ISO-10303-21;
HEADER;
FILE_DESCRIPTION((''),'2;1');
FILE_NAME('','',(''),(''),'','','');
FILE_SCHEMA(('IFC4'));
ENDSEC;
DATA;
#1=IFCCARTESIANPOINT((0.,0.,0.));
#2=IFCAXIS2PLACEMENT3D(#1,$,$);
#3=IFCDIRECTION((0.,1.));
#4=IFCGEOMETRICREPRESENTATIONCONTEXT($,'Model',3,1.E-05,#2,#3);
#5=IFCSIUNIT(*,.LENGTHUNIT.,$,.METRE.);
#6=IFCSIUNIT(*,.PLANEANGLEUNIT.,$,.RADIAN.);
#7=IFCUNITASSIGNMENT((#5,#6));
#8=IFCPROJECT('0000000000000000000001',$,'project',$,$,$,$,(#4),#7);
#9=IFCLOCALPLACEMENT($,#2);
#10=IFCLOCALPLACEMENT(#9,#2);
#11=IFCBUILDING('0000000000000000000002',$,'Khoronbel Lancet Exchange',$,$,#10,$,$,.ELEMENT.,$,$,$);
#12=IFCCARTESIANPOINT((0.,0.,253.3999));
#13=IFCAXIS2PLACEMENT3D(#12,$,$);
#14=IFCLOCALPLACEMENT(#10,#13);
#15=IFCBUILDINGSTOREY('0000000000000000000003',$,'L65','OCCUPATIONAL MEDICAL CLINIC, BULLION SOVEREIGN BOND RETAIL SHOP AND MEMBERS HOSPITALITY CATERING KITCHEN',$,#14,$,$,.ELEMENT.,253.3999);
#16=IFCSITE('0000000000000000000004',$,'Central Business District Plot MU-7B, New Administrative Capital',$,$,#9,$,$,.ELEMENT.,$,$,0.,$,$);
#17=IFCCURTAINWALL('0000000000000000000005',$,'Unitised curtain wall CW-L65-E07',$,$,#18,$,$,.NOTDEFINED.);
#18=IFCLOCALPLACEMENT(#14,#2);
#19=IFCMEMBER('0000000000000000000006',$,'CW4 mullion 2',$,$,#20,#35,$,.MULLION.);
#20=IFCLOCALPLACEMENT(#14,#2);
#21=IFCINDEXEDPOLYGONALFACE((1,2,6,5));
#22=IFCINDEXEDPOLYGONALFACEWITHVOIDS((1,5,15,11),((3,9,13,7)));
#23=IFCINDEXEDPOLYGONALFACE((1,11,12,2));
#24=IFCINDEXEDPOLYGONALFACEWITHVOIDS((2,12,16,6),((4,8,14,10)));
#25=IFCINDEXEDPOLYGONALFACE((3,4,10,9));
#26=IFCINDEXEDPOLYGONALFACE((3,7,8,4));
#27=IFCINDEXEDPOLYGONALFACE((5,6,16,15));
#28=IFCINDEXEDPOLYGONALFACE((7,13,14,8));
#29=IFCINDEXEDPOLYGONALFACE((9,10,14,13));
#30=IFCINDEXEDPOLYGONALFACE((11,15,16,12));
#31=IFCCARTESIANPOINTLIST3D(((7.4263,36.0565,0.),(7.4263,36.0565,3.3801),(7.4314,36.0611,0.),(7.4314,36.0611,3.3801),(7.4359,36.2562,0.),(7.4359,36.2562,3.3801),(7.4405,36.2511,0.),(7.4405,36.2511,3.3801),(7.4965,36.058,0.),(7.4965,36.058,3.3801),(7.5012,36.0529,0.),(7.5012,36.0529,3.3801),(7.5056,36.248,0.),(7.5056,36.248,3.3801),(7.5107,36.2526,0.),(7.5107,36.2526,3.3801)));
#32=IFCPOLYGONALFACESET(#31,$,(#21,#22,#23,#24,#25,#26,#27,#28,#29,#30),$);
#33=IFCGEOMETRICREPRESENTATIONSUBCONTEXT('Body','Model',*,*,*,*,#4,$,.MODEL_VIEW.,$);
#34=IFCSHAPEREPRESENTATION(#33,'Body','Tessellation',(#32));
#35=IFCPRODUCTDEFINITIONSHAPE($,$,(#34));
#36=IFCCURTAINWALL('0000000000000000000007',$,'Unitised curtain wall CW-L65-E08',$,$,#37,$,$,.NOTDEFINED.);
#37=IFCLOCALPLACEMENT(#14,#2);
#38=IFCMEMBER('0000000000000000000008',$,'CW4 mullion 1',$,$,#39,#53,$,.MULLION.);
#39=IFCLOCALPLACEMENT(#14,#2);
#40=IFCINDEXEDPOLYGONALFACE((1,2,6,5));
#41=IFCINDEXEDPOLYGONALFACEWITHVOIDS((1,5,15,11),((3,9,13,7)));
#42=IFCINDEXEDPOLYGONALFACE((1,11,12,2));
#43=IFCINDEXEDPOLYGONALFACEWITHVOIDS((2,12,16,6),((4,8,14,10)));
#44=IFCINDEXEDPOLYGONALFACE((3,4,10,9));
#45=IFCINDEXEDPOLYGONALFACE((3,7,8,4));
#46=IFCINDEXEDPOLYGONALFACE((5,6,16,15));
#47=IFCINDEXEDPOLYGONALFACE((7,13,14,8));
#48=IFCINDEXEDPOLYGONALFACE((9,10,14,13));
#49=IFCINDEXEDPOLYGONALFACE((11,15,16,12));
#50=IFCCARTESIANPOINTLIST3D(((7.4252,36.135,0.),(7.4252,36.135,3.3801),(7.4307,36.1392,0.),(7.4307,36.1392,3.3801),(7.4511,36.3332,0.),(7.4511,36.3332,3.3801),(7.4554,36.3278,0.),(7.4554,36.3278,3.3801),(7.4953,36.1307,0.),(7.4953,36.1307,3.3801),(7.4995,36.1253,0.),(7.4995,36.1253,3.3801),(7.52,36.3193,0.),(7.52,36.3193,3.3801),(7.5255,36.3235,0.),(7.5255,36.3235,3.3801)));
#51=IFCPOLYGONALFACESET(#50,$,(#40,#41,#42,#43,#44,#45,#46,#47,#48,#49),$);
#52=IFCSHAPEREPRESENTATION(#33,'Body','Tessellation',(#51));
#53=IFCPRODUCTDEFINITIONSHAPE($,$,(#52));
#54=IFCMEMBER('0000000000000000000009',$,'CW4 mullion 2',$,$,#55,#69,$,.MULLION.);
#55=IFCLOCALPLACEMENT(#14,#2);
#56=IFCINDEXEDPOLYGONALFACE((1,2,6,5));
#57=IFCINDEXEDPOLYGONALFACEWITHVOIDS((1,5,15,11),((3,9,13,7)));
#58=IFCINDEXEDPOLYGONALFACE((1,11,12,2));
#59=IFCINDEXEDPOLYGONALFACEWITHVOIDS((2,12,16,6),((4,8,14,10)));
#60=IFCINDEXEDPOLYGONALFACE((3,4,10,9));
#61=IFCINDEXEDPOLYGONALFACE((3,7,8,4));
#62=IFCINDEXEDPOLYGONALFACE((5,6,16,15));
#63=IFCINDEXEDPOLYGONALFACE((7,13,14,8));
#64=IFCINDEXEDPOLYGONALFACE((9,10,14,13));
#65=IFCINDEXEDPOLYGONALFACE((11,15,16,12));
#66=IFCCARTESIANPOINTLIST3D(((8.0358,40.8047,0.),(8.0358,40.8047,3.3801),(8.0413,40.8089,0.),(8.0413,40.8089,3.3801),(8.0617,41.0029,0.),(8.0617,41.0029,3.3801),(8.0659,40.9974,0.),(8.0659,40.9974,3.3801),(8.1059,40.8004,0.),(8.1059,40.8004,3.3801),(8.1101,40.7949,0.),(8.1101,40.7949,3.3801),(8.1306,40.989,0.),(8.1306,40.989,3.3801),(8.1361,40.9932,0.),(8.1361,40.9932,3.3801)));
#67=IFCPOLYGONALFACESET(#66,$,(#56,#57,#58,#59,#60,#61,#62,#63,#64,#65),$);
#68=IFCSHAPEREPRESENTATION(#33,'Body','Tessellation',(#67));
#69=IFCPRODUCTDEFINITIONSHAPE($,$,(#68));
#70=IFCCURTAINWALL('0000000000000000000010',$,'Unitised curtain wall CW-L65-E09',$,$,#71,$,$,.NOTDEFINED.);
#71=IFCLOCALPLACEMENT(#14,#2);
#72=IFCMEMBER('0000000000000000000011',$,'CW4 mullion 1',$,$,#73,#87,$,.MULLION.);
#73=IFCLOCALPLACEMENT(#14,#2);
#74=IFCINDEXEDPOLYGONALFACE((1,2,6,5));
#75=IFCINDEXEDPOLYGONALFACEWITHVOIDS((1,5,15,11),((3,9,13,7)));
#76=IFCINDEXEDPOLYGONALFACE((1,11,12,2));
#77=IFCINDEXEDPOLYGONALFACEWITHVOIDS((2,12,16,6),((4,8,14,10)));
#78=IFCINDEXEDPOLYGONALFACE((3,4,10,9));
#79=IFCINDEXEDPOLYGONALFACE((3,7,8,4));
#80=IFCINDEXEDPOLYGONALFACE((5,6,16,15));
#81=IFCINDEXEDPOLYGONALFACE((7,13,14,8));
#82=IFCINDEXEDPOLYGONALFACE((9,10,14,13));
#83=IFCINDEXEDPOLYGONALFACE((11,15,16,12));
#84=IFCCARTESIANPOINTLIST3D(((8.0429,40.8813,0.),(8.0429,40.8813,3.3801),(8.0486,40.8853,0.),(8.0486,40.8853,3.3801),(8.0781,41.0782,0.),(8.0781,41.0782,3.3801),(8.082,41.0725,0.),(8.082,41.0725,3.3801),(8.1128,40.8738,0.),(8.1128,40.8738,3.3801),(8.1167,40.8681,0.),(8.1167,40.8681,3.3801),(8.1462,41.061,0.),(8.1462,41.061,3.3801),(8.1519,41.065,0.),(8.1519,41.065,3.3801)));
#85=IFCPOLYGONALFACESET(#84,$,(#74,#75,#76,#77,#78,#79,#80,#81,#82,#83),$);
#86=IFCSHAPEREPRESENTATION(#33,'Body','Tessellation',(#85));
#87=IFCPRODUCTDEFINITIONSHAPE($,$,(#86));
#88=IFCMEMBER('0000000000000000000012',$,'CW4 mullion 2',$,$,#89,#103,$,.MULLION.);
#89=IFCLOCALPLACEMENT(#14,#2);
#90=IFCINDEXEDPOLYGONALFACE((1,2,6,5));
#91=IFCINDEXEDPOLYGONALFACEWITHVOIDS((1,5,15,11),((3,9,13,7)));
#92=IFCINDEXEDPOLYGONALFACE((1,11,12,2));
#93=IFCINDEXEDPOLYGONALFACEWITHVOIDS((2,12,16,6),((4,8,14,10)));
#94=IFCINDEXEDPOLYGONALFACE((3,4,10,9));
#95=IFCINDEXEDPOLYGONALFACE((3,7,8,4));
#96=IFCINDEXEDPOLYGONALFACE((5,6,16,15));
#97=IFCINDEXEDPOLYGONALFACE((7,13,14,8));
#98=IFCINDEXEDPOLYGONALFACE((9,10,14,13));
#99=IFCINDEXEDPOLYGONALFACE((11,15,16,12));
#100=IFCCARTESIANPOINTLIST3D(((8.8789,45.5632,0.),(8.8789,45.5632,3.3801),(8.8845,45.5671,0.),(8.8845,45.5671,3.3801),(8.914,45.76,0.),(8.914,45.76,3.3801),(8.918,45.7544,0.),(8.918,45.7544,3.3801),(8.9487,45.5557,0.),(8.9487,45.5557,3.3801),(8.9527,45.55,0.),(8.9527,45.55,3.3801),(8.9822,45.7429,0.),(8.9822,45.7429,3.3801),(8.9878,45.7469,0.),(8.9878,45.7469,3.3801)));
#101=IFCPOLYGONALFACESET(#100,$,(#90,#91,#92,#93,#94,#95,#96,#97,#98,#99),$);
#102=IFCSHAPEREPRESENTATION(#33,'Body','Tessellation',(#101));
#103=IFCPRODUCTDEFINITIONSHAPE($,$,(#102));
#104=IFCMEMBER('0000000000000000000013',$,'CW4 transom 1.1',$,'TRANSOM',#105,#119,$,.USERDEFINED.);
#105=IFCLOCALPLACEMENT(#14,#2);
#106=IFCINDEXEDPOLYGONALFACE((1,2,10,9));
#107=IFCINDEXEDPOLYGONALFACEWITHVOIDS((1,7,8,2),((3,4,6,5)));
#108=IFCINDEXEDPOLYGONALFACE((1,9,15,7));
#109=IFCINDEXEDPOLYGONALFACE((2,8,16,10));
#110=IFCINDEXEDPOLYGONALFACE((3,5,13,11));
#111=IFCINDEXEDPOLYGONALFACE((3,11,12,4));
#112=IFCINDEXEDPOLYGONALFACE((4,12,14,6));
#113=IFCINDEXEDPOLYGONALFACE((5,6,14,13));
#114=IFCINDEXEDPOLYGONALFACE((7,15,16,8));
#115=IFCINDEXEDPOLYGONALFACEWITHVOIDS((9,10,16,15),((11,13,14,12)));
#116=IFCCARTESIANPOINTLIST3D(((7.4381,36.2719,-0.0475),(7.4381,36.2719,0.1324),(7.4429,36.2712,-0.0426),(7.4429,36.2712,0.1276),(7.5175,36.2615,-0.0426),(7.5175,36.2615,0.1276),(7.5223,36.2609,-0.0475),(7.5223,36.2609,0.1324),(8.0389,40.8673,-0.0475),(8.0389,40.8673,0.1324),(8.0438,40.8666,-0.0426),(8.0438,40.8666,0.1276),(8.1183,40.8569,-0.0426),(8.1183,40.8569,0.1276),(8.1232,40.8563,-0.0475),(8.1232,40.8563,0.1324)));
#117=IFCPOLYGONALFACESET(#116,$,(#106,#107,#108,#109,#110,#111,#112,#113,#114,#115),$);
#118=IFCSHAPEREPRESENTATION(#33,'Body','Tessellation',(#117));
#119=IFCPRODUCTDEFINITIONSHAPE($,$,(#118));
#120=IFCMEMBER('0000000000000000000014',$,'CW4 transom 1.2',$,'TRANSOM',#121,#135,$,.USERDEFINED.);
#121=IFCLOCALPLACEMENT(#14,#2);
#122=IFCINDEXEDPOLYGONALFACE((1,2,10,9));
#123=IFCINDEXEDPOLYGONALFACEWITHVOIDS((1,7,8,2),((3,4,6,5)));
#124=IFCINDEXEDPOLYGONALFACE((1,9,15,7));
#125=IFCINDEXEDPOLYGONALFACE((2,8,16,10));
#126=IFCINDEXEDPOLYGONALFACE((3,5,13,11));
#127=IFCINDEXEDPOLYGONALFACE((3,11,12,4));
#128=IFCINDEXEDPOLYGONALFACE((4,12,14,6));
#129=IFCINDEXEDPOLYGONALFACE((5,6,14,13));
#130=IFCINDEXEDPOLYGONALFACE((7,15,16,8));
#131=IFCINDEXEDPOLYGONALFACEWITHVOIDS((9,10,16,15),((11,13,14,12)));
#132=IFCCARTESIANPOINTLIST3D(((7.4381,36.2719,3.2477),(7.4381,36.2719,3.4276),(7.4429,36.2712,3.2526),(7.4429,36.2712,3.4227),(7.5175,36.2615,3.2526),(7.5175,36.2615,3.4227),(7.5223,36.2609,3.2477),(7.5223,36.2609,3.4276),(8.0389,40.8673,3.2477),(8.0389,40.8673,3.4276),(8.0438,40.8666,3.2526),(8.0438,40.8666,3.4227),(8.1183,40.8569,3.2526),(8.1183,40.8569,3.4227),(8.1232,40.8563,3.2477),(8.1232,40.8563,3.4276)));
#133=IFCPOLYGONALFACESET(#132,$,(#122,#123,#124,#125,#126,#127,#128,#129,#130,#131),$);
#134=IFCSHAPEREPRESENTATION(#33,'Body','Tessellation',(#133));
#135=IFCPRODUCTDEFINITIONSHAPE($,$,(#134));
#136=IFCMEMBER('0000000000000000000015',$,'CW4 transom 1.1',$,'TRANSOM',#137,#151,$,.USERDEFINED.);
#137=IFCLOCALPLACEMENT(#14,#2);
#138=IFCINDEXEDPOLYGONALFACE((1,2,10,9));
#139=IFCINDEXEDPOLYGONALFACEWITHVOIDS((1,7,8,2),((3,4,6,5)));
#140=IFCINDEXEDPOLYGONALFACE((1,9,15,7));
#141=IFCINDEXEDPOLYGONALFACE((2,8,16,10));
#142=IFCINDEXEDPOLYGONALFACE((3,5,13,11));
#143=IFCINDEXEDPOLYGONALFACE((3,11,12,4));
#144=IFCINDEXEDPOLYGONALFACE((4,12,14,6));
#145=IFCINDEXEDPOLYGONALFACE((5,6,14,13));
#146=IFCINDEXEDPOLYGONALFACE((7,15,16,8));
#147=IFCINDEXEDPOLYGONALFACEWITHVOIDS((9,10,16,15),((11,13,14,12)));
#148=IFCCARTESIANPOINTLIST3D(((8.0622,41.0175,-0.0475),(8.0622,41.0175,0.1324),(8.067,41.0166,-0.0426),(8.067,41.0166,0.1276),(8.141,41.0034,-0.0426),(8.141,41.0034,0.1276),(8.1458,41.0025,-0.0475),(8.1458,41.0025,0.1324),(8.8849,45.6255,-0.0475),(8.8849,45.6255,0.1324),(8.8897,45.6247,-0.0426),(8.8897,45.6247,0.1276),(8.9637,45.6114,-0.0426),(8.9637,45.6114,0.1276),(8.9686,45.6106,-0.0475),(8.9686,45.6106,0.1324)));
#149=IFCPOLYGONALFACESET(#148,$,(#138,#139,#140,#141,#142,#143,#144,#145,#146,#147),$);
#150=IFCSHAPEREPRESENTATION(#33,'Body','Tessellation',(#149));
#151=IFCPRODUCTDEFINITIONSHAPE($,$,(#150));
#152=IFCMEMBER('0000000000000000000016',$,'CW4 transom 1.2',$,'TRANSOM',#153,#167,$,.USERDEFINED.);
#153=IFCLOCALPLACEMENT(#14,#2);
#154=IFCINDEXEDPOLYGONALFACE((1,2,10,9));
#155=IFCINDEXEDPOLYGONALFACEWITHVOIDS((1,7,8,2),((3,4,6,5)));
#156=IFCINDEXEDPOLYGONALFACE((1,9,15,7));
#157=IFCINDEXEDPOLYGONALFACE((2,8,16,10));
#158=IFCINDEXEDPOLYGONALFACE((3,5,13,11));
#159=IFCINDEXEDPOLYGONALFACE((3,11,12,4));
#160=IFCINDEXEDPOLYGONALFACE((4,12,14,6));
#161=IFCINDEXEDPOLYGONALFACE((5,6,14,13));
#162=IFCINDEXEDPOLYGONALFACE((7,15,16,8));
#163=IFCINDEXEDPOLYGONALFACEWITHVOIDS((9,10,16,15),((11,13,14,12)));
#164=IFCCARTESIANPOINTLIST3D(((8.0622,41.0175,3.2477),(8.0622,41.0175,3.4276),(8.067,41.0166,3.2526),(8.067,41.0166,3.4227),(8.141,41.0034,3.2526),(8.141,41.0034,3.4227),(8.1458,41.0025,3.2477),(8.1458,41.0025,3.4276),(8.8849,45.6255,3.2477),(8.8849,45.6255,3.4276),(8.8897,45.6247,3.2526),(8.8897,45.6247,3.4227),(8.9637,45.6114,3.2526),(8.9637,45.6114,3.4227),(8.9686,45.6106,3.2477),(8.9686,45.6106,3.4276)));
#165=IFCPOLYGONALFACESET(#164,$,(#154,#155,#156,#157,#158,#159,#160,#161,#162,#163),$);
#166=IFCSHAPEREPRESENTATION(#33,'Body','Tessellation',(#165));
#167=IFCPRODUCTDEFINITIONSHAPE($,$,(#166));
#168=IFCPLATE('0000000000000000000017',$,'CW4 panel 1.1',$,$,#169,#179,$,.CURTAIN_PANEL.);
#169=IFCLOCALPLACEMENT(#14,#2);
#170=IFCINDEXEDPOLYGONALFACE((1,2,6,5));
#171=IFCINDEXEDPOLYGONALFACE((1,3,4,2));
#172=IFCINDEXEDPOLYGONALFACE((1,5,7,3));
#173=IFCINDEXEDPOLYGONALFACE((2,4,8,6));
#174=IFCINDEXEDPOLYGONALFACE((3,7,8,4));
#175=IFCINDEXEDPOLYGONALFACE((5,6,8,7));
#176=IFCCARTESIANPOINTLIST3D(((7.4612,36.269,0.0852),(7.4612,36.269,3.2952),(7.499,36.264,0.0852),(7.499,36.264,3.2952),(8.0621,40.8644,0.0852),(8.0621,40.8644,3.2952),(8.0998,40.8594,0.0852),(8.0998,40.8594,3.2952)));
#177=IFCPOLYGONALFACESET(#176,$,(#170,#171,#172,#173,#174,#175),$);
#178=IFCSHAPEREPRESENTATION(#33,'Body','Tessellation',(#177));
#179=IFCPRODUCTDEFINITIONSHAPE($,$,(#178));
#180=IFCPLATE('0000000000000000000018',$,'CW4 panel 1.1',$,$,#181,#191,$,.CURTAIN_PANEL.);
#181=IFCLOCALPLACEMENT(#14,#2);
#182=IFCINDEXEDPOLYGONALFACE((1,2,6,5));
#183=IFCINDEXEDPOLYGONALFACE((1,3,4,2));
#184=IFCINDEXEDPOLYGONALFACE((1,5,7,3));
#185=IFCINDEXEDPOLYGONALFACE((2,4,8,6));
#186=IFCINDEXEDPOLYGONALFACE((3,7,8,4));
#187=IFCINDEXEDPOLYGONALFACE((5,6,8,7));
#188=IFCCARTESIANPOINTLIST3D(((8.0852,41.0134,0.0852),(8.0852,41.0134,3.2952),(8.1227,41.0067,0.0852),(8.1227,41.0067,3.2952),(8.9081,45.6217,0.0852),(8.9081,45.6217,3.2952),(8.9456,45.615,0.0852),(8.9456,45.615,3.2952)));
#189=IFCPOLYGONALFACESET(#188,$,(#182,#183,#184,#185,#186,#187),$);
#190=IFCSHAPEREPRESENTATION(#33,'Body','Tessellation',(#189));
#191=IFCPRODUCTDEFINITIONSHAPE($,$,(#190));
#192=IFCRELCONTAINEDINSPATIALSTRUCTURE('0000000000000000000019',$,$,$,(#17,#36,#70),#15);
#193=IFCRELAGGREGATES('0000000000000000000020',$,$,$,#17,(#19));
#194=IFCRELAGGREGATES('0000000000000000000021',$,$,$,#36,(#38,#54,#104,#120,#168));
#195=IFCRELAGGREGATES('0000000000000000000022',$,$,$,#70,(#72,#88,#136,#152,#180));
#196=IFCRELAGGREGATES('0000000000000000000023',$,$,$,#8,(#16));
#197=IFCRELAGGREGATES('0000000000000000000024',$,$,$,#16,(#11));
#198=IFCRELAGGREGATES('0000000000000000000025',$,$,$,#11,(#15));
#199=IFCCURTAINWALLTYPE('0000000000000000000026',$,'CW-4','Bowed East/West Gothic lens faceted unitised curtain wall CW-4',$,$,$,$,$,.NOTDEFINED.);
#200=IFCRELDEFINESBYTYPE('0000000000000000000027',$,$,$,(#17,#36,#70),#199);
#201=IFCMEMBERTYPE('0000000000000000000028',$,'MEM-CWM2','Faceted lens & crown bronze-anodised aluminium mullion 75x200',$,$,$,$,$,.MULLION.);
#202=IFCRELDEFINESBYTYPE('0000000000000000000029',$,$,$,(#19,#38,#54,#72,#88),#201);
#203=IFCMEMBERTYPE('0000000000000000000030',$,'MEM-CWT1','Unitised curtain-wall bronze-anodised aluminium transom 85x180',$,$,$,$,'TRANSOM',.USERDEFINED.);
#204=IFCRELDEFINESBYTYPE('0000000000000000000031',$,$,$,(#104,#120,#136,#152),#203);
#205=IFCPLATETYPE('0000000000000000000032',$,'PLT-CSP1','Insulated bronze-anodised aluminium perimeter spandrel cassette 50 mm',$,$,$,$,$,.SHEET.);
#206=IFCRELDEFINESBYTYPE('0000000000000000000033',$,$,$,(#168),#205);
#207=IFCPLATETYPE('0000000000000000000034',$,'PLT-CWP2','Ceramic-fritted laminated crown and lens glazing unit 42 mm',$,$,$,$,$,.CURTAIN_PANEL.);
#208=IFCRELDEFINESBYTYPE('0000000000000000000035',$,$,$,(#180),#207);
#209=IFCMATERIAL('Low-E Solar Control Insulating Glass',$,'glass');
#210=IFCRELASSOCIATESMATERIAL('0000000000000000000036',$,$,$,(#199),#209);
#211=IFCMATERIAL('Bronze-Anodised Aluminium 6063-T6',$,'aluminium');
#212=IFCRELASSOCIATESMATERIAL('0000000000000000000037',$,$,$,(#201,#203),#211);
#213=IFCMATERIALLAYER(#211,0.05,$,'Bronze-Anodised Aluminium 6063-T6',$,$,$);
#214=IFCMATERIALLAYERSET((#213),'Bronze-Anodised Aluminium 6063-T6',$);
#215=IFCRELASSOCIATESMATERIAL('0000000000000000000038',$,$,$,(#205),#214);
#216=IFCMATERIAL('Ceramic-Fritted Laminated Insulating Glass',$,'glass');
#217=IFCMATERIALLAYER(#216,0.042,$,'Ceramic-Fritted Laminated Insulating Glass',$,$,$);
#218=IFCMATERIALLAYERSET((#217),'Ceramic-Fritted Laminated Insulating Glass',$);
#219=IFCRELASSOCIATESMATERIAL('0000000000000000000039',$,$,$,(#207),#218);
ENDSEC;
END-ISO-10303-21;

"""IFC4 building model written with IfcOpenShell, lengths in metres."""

from ifc_helpers import new_model, si_unit, direction, frame, origin, origin_2d, place, context, subcontext, project, spatial, rectangle, hollow_rectangle, extrude, material, layer, layer_set, material_profile, profile_set, type_object, element, aggregate, save


model = new_model("IFC4")

# Units and contexts
model_context = context("Model", 3, precision=1e-05, world=origin(), true_north=direction((0.0, 1.0)))
body_context = subcontext(model_context, "Body", "Model", "MODEL_VIEW")
ifc_project = project(units=[si_unit("LENGTHUNIT", "METRE"), si_unit("PLANEANGLEUNIT", "RADIAN")], contexts=[model_context])

# Site, building, storey
site_placement = place(None, origin())
site = spatial("IfcSite", under=ifc_project, at=site_placement, Name="Central Business District Plot MU-7B, New Administrative Capital", CompositionType="ELEMENT", RefElevation=0.0)
building_placement = place(site_placement, origin())
building = spatial("IfcBuilding", under=site, at=building_placement, Name="Khoronbel Lancet Exchange", CompositionType="ELEMENT")
storey_placement = place(building_placement, frame((0.0, 0.0, 253.3999)))
storey = spatial("IfcBuildingStorey", under=building, at=storey_placement, Name="L65", Description="OCCUPATIONAL MEDICAL CLINIC, BULLION SOVEREIGN BOND RETAIL SHOP AND MEMBERS HOSPITALITY CATERING KITCHEN", CompositionType="ELEMENT", Elevation=253.3999)

# Curtain wall, member
ifc_material_1 = material(Name="Low-E Solar Control Insulating Glass", Category="glass")
curtain_wall_type = type_object("IfcCurtainWallType", Name="CW-4", Description="Bowed East/West Gothic lens faceted unitised curtain wall CW-4", PredefinedType="NOTDEFINED", material=ifc_material_1)
curtain_wall_1_placement = place(storey_placement, origin())
curtain_wall_1 = element("IfcCurtainWall", 1, at=curtain_wall_1_placement, inside=storey, type_object=curtain_wall_type, Name="Unitised curtain wall CW-L65-E07", PredefinedType="NOTDEFINED")
ifc_material_2 = material(Name="Bronze-Anodised Aluminium 6063-T6", Category="aluminium")
ifc_material_profile_1 = material_profile(ifc_material_2, hollow_rectangle(XDim=0.075, YDim=0.2, WallThickness=0.0049, at=origin_2d()), Name="ALU MULLION 75x200")
ifc_profile_set_1 = profile_set([ifc_material_profile_1], Name="Bronze-Anodised Aluminium 6063-T6")
member_type_1 = type_object("IfcMemberType", Name="MEM-CWM2", Description="Faceted lens & crown bronze-anodised aluminium mullion 75x200", PredefinedType="MULLION", material=ifc_profile_set_1)
member_1_placement = place(storey_placement, frame((7.4685, 36.1545, 0.0), z_axis=(0.0, 0.0, 1.0), x_axis=(-0.998857, 0.047794, 0.0)))
member_1 = element("IfcMember", 2, at=member_1_placement, type_object=member_type_1, Name="CW4 mullion 2", PredefinedType="MULLION", context=body_context, shape_type="SweptSolid", body=[
    extrude(hollow_rectangle(XDim=0.075, YDim=0.2, WallThickness=0.0049, at=origin_2d()), origin(), (0.0, 0.0, 1.0), 3.3801),
])
aggregate(curtain_wall_1, [member_1])

# Curtain walls, members
curtain_wall_2_placement = place(storey_placement, origin())
curtain_wall_2 = element("IfcCurtainWall", 3, at=curtain_wall_2_placement, inside=storey, type_object=curtain_wall_type, Name="Unitised curtain wall CW-L65-E08", PredefinedType="NOTDEFINED")
member_2_placement = place(storey_placement, frame((7.4753, 36.2292, 0.0), z_axis=(0.0, 0.0, 1.0), x_axis=(-0.99156, 0.129646, 0.0)))
member_2 = element("IfcMember", 4, at=member_2_placement, type_object=member_type_1, Name="CW4 mullion 1", PredefinedType="MULLION", context=body_context, shape_type="SweptSolid", body=[
    extrude(hollow_rectangle(XDim=0.075, YDim=0.2, WallThickness=0.0049, at=origin_2d()), origin(), (0.0, 0.0, 1.0), 3.3801),
])
member_3_placement = place(storey_placement, frame((8.0859, 40.8989, 0.0), z_axis=(0.0, 0.0, 1.0), x_axis=(-0.99156, 0.129646, 0.0)))
member_3 = element("IfcMember", 5, at=member_3_placement, type_object=member_type_1, Name="CW4 mullion 2", PredefinedType="MULLION", context=body_context, shape_type="SweptSolid", body=[
    extrude(hollow_rectangle(XDim=0.075, YDim=0.2, WallThickness=0.0049, at=origin_2d()), origin(), (0.0, 0.0, 1.0), 3.3801),
])
curtain_wall_3_placement = place(storey_placement, origin())
curtain_wall_3 = element("IfcCurtainWall", 6, at=curtain_wall_3_placement, inside=storey, type_object=curtain_wall_type, Name="Unitised curtain wall CW-L65-E09", PredefinedType="NOTDEFINED")
member_4_placement = place(storey_placement, frame((8.0974, 40.9731, 0.0), z_axis=(0.0, 0.0, 1.0), x_axis=(-0.984426, 0.175801, 0.0)))
member_4 = element("IfcMember", 7, at=member_4_placement, type_object=member_type_1, Name="CW4 mullion 1", PredefinedType="MULLION", context=body_context, shape_type="SweptSolid", body=[
    extrude(hollow_rectangle(XDim=0.075, YDim=0.2, WallThickness=0.0049, at=origin_2d()), origin(), (0.0, 0.0, 1.0), 3.3801),
])
member_5_placement = place(storey_placement, frame((8.9333, 45.655, 0.0), z_axis=(0.0, 0.0, 1.0), x_axis=(-0.984426, 0.175801, 0.0)))
member_5 = element("IfcMember", 8, at=member_5_placement, type_object=member_type_1, Name="CW4 mullion 2", PredefinedType="MULLION", context=body_context, shape_type="SweptSolid", body=[
    extrude(hollow_rectangle(XDim=0.075, YDim=0.2, WallThickness=0.0049, at=origin_2d()), origin(), (0.0, 0.0, 1.0), 3.3801),
])

# Members
ifc_material_profile_2 = material_profile(ifc_material_2, hollow_rectangle(XDim=0.085, YDim=0.1799, WallThickness=0.0049, at=origin_2d()), Name="ALU TRANSOM 85x180")
ifc_profile_set_2 = profile_set([ifc_material_profile_2], Name="Bronze-Anodised Aluminium 6063-T6")
member_type_2 = type_object("IfcMemberType", Name="MEM-CWT1", Description="Unitised curtain-wall bronze-anodised aluminium transom 85x180", ElementType="TRANSOM", PredefinedType="USERDEFINED", material=ifc_profile_set_2)
member_6_placement = place(storey_placement, frame((7.4802, 36.2664, 0.0425), z_axis=(0.129641, 0.991561, 0.0), x_axis=(-0.991561, 0.129641, 0.0)))
member_6 = element("IfcMember", 9, at=member_6_placement, type_object=member_type_2, Name="CW4 transom 1.1", ObjectType="TRANSOM", PredefinedType="USERDEFINED", context=body_context, shape_type="SweptSolid", body=[
    extrude(hollow_rectangle(XDim=0.085, YDim=0.1799, WallThickness=0.0049, at=origin_2d()), origin(), (0.0, 0.0, 1.0), 4.6345),
])
member_7_placement = place(storey_placement, frame((7.4802, 36.2664, 3.3376), z_axis=(0.129641, 0.991561, 0.0), x_axis=(-0.991561, 0.129641, 0.0)))
member_7 = element("IfcMember", 10, at=member_7_placement, type_object=member_type_2, Name="CW4 transom 1.2", ObjectType="TRANSOM", PredefinedType="USERDEFINED", context=body_context, shape_type="SweptSolid", body=[
    extrude(hollow_rectangle(XDim=0.085, YDim=0.1799, WallThickness=0.0049, at=origin_2d()), origin(), (0.0, 0.0, 1.0), 4.6345),
])
member_8_placement = place(storey_placement, frame((8.104, 41.01, 0.0425), z_axis=(0.175764, 0.984432, 0.0), x_axis=(-0.984432, 0.175764, 0.0)))
member_8 = element("IfcMember", 11, at=member_8_placement, type_object=member_type_2, Name="CW4 transom 1.1", ObjectType="TRANSOM", PredefinedType="USERDEFINED", context=body_context, shape_type="SweptSolid", body=[
    extrude(hollow_rectangle(XDim=0.085, YDim=0.1799, WallThickness=0.0049, at=origin_2d()), origin(), (0.0, 0.0, 1.0), 4.6809),
])
member_9_placement = place(storey_placement, frame((8.104, 41.01, 3.3376), z_axis=(0.175764, 0.984432, 0.0), x_axis=(-0.984432, 0.175764, 0.0)))
member_9 = element("IfcMember", 12, at=member_9_placement, type_object=member_type_2, Name="CW4 transom 1.2", ObjectType="TRANSOM", PredefinedType="USERDEFINED", context=body_context, shape_type="SweptSolid", body=[
    extrude(hollow_rectangle(XDim=0.085, YDim=0.1799, WallThickness=0.0049, at=origin_2d()), origin(), (0.0, 0.0, 1.0), 4.6809),
])

# Plates
ifc_layer_1 = layer(ifc_material_2, 0.05, Name="Bronze-Anodised Aluminium 6063-T6")
ifc_layer_set_1 = layer_set([ifc_layer_1], Name="Bronze-Anodised Aluminium 6063-T6")
plate_type_1 = type_object("IfcPlateType", Name="PLT-CSP1", Description="Insulated bronze-anodised aluminium perimeter spandrel cassette 50 mm", PredefinedType="SHEET", material=ifc_layer_set_1)
plate_1_placement = place(storey_placement, frame((7.7805, 38.5642, 0.0852), z_axis=(0.0, 0.0, 1.0), x_axis=(0.129646, 0.99156, 0.0)))
plate_1 = element("IfcPlate", 13, at=plate_1_placement, type_object=plate_type_1, Name="CW4 panel 1.1", PredefinedType="CURTAIN_PANEL", context=body_context, shape_type="SweptSolid", body=[
    extrude(rectangle(XDim=4.6345, YDim=0.0381, at=origin_2d()), origin(), (0.0, 0.0, 1.0), 3.21),
])
aggregate(curtain_wall_2, [member_2, member_3, member_6, member_7, plate_1])
ifc_material_3 = material(Name="Ceramic-Fritted Laminated Insulating Glass", Category="glass")
ifc_layer_2 = layer(ifc_material_3, 0.042, Name="Ceramic-Fritted Laminated Insulating Glass")
ifc_layer_set_2 = layer_set([ifc_layer_2], Name="Ceramic-Fritted Laminated Insulating Glass")
plate_type_2 = type_object("IfcPlateType", Name="PLT-CWP2", Description="Ceramic-fritted laminated crown and lens glazing unit 42 mm", PredefinedType="CURTAIN_PANEL", material=ifc_layer_set_2)
plate_2_placement = place(storey_placement, frame((8.5154, 43.3142, 0.0852), z_axis=(0.0, 0.0, 1.0), x_axis=(0.175801, 0.984426, 0.0)))
plate_2 = element("IfcPlate", 14, at=plate_2_placement, type_object=plate_type_2, Name="CW4 panel 1.1", PredefinedType="CURTAIN_PANEL", context=body_context, shape_type="SweptSolid", body=[
    extrude(rectangle(XDim=4.6812, YDim=0.0381, at=origin_2d()), origin(), (0.0, 0.0, 1.0), 3.21),
])
aggregate(curtain_wall_3, [member_4, member_5, member_8, member_9, plate_2])

save(model, "model.ifc")
